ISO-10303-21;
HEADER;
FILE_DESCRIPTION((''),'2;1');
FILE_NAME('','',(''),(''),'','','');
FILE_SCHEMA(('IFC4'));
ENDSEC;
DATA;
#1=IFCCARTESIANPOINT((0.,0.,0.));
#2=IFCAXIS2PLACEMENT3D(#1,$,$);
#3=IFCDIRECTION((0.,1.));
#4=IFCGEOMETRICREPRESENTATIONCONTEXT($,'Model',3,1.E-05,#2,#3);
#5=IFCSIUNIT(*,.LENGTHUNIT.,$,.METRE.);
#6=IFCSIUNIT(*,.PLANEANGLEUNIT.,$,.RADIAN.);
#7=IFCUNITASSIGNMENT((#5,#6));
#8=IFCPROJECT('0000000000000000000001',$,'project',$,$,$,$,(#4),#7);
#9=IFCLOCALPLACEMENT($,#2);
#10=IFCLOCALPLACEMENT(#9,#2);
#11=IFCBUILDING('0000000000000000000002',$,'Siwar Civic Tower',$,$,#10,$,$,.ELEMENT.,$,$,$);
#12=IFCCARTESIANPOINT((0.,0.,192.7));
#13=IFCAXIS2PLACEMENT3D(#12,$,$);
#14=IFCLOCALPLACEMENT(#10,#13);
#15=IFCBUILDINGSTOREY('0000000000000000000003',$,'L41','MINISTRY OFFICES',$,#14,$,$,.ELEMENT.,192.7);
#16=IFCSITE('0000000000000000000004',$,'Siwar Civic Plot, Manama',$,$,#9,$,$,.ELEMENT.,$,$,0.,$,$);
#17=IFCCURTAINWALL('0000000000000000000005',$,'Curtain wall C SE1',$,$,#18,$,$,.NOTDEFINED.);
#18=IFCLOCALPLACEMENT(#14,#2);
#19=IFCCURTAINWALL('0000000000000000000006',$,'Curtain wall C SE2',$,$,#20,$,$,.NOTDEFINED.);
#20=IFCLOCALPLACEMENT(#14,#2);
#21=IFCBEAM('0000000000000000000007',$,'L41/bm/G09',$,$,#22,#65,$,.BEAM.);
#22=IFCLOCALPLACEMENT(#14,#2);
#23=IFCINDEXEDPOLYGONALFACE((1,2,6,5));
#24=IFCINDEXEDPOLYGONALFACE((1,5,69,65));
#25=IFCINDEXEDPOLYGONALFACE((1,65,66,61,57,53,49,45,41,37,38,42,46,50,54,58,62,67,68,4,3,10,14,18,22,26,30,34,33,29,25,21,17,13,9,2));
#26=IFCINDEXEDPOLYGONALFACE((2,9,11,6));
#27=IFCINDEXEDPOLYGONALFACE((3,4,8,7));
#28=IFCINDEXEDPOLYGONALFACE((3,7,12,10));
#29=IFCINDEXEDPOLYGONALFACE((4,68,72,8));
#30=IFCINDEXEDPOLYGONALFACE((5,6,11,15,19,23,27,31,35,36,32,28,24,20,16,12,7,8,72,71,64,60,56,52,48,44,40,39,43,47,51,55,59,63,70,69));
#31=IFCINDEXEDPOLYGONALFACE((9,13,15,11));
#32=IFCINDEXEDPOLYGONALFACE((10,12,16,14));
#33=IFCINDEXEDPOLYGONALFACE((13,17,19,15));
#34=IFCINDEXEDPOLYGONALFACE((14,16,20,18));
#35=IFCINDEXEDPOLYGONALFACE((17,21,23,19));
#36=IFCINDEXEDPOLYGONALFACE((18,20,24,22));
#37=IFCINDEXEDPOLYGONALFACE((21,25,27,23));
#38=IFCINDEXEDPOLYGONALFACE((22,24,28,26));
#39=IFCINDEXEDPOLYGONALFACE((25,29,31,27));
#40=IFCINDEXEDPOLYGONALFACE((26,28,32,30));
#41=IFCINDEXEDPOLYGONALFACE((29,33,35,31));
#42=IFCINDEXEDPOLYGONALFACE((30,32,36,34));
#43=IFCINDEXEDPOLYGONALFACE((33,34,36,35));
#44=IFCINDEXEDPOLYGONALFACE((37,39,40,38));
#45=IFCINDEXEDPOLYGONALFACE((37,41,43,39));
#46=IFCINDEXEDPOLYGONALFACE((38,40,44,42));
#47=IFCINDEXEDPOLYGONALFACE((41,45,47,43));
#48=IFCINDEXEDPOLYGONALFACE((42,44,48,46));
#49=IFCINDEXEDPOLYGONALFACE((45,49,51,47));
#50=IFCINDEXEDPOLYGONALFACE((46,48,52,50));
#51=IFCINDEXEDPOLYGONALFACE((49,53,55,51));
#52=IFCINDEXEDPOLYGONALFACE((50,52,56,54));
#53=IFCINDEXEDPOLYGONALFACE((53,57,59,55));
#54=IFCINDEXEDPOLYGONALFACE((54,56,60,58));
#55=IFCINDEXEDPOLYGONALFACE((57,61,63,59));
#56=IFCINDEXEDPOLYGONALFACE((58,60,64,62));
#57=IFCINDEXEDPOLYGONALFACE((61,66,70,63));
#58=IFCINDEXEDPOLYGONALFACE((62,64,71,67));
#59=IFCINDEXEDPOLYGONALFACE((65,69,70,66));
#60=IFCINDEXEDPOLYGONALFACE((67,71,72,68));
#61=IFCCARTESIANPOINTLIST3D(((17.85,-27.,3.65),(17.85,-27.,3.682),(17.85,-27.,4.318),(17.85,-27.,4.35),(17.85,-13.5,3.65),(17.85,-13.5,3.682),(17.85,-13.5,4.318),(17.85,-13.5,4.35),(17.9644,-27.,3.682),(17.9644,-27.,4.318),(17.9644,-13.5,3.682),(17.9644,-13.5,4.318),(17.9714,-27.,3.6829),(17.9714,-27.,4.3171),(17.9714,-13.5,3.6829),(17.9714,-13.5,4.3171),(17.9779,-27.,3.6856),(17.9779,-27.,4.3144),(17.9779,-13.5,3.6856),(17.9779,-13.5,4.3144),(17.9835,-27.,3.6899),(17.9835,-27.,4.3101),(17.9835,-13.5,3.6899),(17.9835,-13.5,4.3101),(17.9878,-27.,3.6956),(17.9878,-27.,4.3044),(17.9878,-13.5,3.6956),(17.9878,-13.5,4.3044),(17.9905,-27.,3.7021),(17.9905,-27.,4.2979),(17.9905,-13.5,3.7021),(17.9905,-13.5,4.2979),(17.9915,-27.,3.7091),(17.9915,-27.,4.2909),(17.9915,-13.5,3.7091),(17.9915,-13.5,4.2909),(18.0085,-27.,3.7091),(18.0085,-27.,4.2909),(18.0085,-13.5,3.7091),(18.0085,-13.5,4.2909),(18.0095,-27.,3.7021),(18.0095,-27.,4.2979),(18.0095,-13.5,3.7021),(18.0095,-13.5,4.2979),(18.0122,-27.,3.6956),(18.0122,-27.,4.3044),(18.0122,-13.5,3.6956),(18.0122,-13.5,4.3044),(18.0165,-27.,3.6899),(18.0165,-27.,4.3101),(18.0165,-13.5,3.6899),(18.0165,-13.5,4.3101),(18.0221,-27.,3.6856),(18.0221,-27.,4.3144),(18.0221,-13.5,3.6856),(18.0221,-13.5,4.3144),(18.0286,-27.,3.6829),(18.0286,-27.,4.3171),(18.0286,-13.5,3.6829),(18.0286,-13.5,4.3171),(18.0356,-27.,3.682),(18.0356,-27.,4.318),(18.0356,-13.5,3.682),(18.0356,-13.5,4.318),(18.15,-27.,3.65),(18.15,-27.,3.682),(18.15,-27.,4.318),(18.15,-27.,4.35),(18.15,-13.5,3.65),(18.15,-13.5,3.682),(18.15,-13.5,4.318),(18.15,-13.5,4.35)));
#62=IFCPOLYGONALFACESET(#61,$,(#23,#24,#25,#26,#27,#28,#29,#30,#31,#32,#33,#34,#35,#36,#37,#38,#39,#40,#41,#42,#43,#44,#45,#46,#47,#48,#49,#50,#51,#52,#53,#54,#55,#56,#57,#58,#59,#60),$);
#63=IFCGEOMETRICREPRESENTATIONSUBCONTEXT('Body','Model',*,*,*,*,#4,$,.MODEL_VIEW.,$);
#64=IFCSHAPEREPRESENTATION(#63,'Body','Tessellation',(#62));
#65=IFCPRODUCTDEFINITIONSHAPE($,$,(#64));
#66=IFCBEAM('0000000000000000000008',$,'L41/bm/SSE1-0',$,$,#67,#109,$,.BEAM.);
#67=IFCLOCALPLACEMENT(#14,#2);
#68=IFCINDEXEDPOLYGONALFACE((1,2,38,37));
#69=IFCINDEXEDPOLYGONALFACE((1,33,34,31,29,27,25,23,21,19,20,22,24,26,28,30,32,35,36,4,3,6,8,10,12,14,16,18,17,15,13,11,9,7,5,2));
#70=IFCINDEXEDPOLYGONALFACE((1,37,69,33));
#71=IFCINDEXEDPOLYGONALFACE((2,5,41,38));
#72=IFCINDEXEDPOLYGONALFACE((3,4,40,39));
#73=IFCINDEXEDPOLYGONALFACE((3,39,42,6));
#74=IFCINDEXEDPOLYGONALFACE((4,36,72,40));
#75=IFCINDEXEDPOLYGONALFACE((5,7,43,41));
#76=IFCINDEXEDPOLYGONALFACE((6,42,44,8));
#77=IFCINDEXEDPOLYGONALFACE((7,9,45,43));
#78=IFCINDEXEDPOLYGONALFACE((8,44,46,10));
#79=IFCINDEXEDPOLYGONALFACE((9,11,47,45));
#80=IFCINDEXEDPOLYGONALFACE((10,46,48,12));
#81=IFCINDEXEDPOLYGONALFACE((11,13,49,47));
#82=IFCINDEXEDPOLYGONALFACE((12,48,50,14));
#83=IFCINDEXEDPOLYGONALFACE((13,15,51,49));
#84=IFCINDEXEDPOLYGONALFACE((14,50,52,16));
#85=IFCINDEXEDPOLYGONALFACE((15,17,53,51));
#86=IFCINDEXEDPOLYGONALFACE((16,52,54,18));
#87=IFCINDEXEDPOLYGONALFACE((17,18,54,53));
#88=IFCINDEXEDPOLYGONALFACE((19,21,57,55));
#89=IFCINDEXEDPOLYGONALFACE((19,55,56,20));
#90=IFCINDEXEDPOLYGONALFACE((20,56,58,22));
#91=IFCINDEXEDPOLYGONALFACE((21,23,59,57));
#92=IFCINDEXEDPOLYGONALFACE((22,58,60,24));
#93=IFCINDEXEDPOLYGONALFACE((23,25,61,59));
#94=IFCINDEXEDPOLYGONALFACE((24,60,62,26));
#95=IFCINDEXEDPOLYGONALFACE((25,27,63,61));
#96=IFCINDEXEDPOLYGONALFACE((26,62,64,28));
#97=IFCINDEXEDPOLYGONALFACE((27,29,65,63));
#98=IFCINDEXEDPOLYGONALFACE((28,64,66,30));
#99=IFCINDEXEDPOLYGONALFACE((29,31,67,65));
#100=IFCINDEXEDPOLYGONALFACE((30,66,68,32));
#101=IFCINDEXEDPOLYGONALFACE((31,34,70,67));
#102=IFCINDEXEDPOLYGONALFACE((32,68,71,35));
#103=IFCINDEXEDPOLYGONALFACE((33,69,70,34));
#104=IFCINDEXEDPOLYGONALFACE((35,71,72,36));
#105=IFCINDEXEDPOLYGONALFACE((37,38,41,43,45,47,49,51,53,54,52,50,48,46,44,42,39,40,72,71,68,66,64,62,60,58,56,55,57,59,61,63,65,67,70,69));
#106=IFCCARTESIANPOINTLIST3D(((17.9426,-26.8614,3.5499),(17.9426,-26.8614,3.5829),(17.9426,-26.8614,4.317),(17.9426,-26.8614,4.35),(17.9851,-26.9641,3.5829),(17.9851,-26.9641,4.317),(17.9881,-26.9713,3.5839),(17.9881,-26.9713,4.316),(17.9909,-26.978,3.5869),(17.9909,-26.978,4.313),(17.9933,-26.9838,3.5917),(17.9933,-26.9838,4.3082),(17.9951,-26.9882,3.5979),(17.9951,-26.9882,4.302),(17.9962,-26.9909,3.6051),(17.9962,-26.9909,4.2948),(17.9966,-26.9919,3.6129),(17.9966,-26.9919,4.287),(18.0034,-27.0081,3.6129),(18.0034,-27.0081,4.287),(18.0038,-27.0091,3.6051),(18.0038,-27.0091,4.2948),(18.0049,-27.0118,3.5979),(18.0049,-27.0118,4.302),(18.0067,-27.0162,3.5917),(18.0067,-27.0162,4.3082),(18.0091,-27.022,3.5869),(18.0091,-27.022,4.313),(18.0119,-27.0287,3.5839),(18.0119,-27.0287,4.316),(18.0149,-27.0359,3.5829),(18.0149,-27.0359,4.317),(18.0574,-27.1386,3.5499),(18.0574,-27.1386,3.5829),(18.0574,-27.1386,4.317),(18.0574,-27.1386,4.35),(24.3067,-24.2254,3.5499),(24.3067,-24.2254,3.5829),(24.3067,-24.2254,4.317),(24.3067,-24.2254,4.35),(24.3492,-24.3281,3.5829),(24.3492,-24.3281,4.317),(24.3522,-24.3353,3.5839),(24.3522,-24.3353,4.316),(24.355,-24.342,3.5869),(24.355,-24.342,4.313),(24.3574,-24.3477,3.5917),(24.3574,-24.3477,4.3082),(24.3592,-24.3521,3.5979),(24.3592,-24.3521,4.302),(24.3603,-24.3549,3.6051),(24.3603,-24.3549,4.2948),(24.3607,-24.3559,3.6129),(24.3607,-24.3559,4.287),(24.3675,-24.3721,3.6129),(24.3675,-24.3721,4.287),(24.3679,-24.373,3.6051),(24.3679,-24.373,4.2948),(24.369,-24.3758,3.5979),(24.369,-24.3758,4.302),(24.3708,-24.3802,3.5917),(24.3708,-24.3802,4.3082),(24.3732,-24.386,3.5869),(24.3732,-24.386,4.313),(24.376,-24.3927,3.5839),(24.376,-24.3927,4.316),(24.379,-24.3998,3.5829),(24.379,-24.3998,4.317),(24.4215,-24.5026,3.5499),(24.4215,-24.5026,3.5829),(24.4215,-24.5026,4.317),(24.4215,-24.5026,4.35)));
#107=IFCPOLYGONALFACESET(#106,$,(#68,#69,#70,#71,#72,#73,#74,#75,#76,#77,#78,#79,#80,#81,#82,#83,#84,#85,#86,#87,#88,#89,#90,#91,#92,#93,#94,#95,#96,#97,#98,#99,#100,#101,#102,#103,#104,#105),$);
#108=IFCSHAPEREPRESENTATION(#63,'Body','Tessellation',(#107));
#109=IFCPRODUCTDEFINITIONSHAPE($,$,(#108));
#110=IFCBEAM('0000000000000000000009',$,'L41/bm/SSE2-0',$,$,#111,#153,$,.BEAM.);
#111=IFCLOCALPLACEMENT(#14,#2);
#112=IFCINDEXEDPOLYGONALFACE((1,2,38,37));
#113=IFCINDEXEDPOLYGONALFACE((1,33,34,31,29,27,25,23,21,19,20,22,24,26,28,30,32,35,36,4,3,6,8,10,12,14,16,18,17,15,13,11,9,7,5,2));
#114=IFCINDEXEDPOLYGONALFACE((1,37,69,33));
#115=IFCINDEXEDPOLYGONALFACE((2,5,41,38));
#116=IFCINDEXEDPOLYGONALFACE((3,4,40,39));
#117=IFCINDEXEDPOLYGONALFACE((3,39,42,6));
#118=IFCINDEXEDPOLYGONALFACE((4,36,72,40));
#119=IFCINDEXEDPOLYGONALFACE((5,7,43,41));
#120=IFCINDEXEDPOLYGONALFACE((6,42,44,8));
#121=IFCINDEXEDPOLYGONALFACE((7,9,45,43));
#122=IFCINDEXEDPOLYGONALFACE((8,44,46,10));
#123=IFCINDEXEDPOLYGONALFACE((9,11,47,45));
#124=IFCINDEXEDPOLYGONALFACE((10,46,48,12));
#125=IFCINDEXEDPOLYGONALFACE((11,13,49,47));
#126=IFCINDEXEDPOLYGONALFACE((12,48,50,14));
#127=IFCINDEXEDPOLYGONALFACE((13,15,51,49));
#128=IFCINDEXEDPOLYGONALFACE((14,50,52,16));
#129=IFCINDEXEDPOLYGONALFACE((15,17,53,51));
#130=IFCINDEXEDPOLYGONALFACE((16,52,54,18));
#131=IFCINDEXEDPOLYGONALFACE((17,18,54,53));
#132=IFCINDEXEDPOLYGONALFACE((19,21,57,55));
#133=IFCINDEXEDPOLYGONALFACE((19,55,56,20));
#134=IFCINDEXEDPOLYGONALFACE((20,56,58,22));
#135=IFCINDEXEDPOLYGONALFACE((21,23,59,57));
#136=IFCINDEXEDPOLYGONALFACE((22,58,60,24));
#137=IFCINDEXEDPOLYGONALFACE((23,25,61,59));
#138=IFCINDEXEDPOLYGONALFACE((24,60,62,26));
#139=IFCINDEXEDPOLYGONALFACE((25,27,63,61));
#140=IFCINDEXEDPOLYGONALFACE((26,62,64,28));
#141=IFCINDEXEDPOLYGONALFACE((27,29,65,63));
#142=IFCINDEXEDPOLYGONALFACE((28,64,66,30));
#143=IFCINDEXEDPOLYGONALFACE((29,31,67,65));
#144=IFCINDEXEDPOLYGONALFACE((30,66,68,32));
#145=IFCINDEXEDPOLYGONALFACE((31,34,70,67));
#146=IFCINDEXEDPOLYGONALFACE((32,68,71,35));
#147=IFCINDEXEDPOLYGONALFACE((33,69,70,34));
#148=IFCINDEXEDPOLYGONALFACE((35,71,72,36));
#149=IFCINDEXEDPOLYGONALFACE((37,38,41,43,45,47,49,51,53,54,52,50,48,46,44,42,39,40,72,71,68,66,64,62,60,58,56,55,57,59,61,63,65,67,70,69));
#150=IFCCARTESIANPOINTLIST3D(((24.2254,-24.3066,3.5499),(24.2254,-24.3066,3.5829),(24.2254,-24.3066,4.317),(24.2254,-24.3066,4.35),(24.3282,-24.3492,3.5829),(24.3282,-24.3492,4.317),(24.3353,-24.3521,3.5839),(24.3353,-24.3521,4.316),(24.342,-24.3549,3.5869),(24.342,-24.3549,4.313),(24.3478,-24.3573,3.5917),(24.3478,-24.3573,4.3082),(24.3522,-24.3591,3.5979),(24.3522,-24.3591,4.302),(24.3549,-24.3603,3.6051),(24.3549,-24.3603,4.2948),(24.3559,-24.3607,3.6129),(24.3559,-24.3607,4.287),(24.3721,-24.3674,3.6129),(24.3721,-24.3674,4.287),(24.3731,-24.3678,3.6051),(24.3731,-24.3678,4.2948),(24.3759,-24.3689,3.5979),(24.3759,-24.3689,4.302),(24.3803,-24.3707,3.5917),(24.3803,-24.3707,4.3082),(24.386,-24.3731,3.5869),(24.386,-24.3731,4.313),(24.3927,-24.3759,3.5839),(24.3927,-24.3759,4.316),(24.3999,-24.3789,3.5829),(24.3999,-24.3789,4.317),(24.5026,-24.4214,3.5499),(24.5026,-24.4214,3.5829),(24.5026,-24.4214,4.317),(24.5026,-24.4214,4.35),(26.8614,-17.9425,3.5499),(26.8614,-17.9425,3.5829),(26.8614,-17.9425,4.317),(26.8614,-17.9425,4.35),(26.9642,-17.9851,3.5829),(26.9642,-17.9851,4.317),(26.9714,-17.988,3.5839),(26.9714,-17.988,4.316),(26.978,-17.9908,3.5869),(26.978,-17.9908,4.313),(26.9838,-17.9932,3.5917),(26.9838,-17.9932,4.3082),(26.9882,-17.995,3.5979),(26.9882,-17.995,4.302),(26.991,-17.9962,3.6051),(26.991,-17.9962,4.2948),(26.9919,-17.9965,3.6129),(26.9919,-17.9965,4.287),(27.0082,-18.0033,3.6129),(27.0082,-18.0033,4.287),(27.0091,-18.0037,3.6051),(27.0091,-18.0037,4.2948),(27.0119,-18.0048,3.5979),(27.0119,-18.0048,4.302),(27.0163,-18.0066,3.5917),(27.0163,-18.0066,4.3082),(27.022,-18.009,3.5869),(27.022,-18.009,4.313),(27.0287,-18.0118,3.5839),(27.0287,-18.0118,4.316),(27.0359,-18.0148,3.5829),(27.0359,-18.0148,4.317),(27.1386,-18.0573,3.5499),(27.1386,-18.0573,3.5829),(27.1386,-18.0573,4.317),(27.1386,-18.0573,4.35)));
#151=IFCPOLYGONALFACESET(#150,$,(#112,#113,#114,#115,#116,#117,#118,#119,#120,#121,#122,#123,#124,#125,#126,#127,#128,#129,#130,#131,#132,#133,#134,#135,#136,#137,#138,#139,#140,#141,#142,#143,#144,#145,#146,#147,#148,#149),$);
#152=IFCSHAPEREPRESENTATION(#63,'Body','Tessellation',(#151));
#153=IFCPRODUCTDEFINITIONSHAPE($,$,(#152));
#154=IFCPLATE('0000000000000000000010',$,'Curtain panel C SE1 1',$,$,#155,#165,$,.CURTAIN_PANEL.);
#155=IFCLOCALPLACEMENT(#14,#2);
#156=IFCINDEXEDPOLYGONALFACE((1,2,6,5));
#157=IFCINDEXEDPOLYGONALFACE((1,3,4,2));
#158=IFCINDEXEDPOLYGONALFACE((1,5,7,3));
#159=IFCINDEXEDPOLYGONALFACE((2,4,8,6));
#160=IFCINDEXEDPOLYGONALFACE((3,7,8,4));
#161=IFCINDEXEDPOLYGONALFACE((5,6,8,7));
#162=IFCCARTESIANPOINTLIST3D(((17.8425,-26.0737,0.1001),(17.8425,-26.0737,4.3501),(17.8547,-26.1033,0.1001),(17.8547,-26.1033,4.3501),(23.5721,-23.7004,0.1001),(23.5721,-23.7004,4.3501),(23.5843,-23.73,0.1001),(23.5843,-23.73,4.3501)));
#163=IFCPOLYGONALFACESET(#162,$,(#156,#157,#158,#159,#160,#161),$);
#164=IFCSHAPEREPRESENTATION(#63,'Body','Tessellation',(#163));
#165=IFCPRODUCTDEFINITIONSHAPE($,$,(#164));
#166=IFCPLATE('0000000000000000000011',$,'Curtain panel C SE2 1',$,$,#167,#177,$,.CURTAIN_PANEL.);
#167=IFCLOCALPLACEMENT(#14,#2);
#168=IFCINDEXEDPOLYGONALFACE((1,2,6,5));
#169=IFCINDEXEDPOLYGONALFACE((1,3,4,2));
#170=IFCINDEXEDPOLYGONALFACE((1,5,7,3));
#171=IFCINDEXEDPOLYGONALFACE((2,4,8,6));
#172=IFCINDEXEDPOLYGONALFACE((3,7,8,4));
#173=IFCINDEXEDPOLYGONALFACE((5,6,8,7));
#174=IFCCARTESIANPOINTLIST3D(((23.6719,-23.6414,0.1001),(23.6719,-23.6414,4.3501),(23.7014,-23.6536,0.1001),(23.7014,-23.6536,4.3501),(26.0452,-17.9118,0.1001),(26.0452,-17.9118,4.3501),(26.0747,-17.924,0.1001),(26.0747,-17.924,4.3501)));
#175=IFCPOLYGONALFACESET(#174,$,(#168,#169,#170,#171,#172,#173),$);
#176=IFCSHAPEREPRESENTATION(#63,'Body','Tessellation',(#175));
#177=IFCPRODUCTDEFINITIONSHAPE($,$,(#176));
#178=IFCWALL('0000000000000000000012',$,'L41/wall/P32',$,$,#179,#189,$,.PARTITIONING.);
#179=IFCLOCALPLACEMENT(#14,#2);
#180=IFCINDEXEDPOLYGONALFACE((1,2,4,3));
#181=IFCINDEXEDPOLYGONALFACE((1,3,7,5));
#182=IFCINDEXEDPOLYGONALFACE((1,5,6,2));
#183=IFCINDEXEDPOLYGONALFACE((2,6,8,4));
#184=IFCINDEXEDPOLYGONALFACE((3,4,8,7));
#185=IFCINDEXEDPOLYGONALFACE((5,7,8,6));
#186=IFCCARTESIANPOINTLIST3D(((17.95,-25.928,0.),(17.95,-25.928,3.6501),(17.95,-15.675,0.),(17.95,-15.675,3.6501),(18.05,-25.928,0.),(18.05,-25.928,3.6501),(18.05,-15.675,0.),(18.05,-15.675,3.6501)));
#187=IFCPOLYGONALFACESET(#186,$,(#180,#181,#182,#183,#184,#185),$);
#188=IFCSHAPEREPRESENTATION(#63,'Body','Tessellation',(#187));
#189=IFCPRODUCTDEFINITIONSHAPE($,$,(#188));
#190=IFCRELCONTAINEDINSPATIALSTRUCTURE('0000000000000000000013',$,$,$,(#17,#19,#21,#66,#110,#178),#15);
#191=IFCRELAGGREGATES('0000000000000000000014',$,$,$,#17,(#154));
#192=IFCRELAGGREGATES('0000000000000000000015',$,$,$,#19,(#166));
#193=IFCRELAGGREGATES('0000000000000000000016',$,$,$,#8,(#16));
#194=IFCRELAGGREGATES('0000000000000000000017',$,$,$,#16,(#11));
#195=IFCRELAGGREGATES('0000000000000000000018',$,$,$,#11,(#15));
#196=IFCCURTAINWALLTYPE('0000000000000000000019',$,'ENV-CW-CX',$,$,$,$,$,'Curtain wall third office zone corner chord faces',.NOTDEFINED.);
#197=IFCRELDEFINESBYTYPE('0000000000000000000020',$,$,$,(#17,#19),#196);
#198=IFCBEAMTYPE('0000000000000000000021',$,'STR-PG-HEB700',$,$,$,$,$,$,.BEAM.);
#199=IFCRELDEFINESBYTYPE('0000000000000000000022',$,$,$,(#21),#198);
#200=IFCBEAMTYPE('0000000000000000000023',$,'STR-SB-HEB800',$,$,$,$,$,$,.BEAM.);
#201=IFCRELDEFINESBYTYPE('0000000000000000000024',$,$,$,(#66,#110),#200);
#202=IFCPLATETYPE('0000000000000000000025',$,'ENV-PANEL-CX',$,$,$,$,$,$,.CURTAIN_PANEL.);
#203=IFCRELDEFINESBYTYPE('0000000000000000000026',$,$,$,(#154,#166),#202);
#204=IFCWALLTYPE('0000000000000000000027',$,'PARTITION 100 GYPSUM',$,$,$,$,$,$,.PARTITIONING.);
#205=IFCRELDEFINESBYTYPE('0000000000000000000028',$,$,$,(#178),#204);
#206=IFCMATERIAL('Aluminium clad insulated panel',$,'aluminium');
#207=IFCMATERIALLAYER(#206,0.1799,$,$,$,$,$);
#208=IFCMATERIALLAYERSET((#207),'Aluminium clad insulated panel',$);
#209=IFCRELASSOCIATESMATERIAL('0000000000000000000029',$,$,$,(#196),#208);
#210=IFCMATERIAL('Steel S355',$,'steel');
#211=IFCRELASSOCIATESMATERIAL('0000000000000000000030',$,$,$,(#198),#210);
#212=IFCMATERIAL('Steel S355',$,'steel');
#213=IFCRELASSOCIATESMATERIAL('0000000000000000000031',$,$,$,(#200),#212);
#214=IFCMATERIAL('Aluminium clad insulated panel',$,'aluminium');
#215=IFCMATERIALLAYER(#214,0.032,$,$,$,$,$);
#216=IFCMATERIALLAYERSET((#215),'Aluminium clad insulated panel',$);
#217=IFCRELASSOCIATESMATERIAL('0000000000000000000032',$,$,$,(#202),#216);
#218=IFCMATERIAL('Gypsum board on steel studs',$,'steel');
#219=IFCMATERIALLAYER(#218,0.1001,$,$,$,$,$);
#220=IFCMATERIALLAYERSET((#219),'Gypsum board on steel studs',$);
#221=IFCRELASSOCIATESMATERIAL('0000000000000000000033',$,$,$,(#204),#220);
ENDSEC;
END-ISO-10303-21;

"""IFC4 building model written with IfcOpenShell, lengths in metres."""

from ifc_helpers import new_model, si_unit, direction, frame, frame_2d, origin, origin_2d, place, context, subcontext, project, spatial, rectangle, i_section, extrude, material, layer, layer_set, material_profile, profile_set, type_object, element, aggregate, save


model = new_model("IFC4")

# Units and contexts
model_context = context("Model", 3, precision=1e-05, world=origin(), true_north=direction((0.0, 1.0)))
body_context = subcontext(model_context, "Body", "Model", "MODEL_VIEW")
ifc_project = project(units=[si_unit("LENGTHUNIT", "METRE"), si_unit("PLANEANGLEUNIT", "RADIAN")], contexts=[model_context])

# Site, building, storey
site_placement = place(None, origin())
site = spatial("IfcSite", under=ifc_project, at=site_placement, Name="Siwar Civic Plot, Manama", CompositionType="ELEMENT", RefElevation=0.0)
building_placement = place(site_placement, origin())
building = spatial("IfcBuilding", under=site, at=building_placement, Name="Siwar Civic Tower", CompositionType="ELEMENT")
storey_placement = place(building_placement, frame((0.0, 0.0, 192.7)))
storey = spatial("IfcBuildingStorey", under=building, at=storey_placement, Name="L41", Description="MINISTRY OFFICES", CompositionType="ELEMENT", Elevation=192.7)

# Curtain walls
ifc_material_1 = material(Name="Aluminium clad insulated panel", Category="aluminium")
ifc_layer_1 = layer(ifc_material_1, 0.1799)
ifc_layer_set_1 = layer_set([ifc_layer_1], Name="Aluminium clad insulated panel")
curtain_wall_type = type_object("IfcCurtainWallType", Name="ENV-CW-CX", ElementType="Curtain wall third office zone corner chord faces", PredefinedType="NOTDEFINED", material=ifc_layer_set_1)
curtain_wall_1_placement = place(storey_placement, origin())
curtain_wall_1 = element("IfcCurtainWall", 1, at=curtain_wall_1_placement, inside=storey, type_object=curtain_wall_type, Name="Curtain wall C SE1", PredefinedType="NOTDEFINED")
curtain_wall_2_placement = place(storey_placement, origin())
curtain_wall_2 = element("IfcCurtainWall", 2, at=curtain_wall_2_placement, inside=storey, type_object=curtain_wall_type, Name="Curtain wall C SE2", PredefinedType="NOTDEFINED")

# Beams
ifc_material_2 = material(Name="Steel S355", Category="steel")
ifc_material_profile_1 = material_profile(ifc_material_2, i_section(OverallWidth=0.3, OverallDepth=0.7, WebThickness=0.0171, FlangeThickness=0.032, FilletRadius=0.0271, at=origin_2d()), Name="HEB700")
ifc_profile_set_1 = profile_set([ifc_material_profile_1], Name="Steel S355")
beam_type_1 = type_object("IfcBeamType", Name="STR-PG-HEB700", PredefinedType="BEAM", material=ifc_profile_set_1)
beam_1_placement = place(storey_placement, frame((18.0, -27.0, 4.0), z_axis=(0.0, 1.0, 0.0), x_axis=(-1.0, 0.0, 0.0)))
element("IfcBeam", 3, at=beam_1_placement, inside=storey, type_object=beam_type_1, Name="L41/bm/G09", PredefinedType="BEAM", context=body_context, shape_type="SweptSolid", body=[
    extrude(i_section(OverallWidth=0.3, OverallDepth=0.7, WebThickness=0.0171, FlangeThickness=0.032, FilletRadius=0.0271, at=origin_2d()), origin(), (0.0, 0.0, 1.0), 13.5),
])
ifc_material_3 = material(Name="Steel S355", Category="steel")
ifc_material_profile_2 = material_profile(ifc_material_3, i_section(OverallWidth=0.3, OverallDepth=0.8, WebThickness=0.0176, FlangeThickness=0.033, FilletRadius=0.03, at=origin_2d()), Name="HEB800")
ifc_profile_set_2 = profile_set([ifc_material_profile_2], Name="Steel S355")
beam_type_2 = type_object("IfcBeamType", Name="STR-SB-HEB800", PredefinedType="BEAM", material=ifc_profile_set_2)
for number, where, z_axis, x_axis, name in (
    (4, (18.0, -27.0, 3.95), (0.923883, 0.382674, 0.0), (-0.382674, 0.923883, 0.0), "L41/bm/SSE1-0"),
    (5, (24.364, -24.364, 3.95), (0.382674, 0.923883, 0.0), (-0.923883, 0.382674, 0.0), "L41/bm/SSE2-0"),
):
    element("IfcBeam", number, at=place(storey_placement, frame(where, z_axis=z_axis, x_axis=x_axis)), inside=storey, type_object=beam_type_2, Name=name, PredefinedType="BEAM", context=body_context, shape_type="SweptSolid", body=[
        extrude(i_section(OverallWidth=0.3, OverallDepth=0.8, WebThickness=0.0176, FlangeThickness=0.033, FilletRadius=0.03, at=origin_2d()), origin(), (0.0, 0.0, 1.0), 6.8884),
    ])

# Plates
ifc_material_4 = material(Name="Aluminium clad insulated panel", Category="aluminium")
ifc_layer_2 = layer(ifc_material_4, 0.032)
ifc_layer_set_2 = layer_set([ifc_layer_2], Name="Aluminium clad insulated panel")
plate_type = type_object("IfcPlateType", Name="ENV-PANEL-CX", PredefinedType="CURTAIN_PANEL", material=ifc_layer_set_2)
plate_1_placement = place(storey_placement, frame((20.7134, -24.9019, 0.1001), z_axis=(0.0, 0.0, 1.0), x_axis=(0.92388, 0.382683, 0.0)))
plate_1 = element("IfcPlate", 6, at=plate_1_placement, type_object=plate_type, Name="Curtain panel C SE1 1", PredefinedType="CURTAIN_PANEL", context=body_context, shape_type="SweptSolid", body=[
    extrude(rectangle(XDim=6.2017, YDim=0.032, at=origin_2d()), origin(), (0.0, 0.0, 1.0), 4.25),
])
aggregate(curtain_wall_1, [plate_1])
plate_2_placement = place(storey_placement, frame((24.8733, -20.7827, 0.1001), z_axis=(0.0, 0.0, 1.0), x_axis=(0.382683, 0.92388, 0.0)))
plate_2 = element("IfcPlate", 7, at=plate_2_placement, type_object=plate_type, Name="Curtain panel C SE2 1", PredefinedType="CURTAIN_PANEL", context=body_context, shape_type="SweptSolid", body=[
    extrude(rectangle(XDim=6.2017, YDim=0.032, at=origin_2d()), origin(), (0.0, 0.0, 1.0), 4.25),
])
aggregate(curtain_wall_2, [plate_2])

# Wall
ifc_material_5 = material(Name="Gypsum board on steel studs", Category="steel")
ifc_layer_3 = layer(ifc_material_5, 0.1001)
ifc_layer_set_3 = layer_set([ifc_layer_3], Name="Gypsum board on steel studs")
wall_type = type_object("IfcWallType", Name="PARTITION 100 GYPSUM", PredefinedType="PARTITIONING", material=ifc_layer_set_3)
wall_placement = place(storey_placement, frame((18.0, -25.928, 0.0), z_axis=(0.0, 0.0, 1.0), x_axis=(0.0, 1.0, 0.0)))
element("IfcWall", 8, at=wall_placement, inside=storey, type_object=wall_type, Name="L41/wall/P32", PredefinedType="PARTITIONING", context=body_context, shape_type="SweptSolid", body=[
    extrude(rectangle(XDim=10.2529, YDim=0.1001, at=frame_2d((5.1265, 0.0))), origin(), (0.0, 0.0, 1.0), 3.6501),
])

save(model, "model.ifc")
